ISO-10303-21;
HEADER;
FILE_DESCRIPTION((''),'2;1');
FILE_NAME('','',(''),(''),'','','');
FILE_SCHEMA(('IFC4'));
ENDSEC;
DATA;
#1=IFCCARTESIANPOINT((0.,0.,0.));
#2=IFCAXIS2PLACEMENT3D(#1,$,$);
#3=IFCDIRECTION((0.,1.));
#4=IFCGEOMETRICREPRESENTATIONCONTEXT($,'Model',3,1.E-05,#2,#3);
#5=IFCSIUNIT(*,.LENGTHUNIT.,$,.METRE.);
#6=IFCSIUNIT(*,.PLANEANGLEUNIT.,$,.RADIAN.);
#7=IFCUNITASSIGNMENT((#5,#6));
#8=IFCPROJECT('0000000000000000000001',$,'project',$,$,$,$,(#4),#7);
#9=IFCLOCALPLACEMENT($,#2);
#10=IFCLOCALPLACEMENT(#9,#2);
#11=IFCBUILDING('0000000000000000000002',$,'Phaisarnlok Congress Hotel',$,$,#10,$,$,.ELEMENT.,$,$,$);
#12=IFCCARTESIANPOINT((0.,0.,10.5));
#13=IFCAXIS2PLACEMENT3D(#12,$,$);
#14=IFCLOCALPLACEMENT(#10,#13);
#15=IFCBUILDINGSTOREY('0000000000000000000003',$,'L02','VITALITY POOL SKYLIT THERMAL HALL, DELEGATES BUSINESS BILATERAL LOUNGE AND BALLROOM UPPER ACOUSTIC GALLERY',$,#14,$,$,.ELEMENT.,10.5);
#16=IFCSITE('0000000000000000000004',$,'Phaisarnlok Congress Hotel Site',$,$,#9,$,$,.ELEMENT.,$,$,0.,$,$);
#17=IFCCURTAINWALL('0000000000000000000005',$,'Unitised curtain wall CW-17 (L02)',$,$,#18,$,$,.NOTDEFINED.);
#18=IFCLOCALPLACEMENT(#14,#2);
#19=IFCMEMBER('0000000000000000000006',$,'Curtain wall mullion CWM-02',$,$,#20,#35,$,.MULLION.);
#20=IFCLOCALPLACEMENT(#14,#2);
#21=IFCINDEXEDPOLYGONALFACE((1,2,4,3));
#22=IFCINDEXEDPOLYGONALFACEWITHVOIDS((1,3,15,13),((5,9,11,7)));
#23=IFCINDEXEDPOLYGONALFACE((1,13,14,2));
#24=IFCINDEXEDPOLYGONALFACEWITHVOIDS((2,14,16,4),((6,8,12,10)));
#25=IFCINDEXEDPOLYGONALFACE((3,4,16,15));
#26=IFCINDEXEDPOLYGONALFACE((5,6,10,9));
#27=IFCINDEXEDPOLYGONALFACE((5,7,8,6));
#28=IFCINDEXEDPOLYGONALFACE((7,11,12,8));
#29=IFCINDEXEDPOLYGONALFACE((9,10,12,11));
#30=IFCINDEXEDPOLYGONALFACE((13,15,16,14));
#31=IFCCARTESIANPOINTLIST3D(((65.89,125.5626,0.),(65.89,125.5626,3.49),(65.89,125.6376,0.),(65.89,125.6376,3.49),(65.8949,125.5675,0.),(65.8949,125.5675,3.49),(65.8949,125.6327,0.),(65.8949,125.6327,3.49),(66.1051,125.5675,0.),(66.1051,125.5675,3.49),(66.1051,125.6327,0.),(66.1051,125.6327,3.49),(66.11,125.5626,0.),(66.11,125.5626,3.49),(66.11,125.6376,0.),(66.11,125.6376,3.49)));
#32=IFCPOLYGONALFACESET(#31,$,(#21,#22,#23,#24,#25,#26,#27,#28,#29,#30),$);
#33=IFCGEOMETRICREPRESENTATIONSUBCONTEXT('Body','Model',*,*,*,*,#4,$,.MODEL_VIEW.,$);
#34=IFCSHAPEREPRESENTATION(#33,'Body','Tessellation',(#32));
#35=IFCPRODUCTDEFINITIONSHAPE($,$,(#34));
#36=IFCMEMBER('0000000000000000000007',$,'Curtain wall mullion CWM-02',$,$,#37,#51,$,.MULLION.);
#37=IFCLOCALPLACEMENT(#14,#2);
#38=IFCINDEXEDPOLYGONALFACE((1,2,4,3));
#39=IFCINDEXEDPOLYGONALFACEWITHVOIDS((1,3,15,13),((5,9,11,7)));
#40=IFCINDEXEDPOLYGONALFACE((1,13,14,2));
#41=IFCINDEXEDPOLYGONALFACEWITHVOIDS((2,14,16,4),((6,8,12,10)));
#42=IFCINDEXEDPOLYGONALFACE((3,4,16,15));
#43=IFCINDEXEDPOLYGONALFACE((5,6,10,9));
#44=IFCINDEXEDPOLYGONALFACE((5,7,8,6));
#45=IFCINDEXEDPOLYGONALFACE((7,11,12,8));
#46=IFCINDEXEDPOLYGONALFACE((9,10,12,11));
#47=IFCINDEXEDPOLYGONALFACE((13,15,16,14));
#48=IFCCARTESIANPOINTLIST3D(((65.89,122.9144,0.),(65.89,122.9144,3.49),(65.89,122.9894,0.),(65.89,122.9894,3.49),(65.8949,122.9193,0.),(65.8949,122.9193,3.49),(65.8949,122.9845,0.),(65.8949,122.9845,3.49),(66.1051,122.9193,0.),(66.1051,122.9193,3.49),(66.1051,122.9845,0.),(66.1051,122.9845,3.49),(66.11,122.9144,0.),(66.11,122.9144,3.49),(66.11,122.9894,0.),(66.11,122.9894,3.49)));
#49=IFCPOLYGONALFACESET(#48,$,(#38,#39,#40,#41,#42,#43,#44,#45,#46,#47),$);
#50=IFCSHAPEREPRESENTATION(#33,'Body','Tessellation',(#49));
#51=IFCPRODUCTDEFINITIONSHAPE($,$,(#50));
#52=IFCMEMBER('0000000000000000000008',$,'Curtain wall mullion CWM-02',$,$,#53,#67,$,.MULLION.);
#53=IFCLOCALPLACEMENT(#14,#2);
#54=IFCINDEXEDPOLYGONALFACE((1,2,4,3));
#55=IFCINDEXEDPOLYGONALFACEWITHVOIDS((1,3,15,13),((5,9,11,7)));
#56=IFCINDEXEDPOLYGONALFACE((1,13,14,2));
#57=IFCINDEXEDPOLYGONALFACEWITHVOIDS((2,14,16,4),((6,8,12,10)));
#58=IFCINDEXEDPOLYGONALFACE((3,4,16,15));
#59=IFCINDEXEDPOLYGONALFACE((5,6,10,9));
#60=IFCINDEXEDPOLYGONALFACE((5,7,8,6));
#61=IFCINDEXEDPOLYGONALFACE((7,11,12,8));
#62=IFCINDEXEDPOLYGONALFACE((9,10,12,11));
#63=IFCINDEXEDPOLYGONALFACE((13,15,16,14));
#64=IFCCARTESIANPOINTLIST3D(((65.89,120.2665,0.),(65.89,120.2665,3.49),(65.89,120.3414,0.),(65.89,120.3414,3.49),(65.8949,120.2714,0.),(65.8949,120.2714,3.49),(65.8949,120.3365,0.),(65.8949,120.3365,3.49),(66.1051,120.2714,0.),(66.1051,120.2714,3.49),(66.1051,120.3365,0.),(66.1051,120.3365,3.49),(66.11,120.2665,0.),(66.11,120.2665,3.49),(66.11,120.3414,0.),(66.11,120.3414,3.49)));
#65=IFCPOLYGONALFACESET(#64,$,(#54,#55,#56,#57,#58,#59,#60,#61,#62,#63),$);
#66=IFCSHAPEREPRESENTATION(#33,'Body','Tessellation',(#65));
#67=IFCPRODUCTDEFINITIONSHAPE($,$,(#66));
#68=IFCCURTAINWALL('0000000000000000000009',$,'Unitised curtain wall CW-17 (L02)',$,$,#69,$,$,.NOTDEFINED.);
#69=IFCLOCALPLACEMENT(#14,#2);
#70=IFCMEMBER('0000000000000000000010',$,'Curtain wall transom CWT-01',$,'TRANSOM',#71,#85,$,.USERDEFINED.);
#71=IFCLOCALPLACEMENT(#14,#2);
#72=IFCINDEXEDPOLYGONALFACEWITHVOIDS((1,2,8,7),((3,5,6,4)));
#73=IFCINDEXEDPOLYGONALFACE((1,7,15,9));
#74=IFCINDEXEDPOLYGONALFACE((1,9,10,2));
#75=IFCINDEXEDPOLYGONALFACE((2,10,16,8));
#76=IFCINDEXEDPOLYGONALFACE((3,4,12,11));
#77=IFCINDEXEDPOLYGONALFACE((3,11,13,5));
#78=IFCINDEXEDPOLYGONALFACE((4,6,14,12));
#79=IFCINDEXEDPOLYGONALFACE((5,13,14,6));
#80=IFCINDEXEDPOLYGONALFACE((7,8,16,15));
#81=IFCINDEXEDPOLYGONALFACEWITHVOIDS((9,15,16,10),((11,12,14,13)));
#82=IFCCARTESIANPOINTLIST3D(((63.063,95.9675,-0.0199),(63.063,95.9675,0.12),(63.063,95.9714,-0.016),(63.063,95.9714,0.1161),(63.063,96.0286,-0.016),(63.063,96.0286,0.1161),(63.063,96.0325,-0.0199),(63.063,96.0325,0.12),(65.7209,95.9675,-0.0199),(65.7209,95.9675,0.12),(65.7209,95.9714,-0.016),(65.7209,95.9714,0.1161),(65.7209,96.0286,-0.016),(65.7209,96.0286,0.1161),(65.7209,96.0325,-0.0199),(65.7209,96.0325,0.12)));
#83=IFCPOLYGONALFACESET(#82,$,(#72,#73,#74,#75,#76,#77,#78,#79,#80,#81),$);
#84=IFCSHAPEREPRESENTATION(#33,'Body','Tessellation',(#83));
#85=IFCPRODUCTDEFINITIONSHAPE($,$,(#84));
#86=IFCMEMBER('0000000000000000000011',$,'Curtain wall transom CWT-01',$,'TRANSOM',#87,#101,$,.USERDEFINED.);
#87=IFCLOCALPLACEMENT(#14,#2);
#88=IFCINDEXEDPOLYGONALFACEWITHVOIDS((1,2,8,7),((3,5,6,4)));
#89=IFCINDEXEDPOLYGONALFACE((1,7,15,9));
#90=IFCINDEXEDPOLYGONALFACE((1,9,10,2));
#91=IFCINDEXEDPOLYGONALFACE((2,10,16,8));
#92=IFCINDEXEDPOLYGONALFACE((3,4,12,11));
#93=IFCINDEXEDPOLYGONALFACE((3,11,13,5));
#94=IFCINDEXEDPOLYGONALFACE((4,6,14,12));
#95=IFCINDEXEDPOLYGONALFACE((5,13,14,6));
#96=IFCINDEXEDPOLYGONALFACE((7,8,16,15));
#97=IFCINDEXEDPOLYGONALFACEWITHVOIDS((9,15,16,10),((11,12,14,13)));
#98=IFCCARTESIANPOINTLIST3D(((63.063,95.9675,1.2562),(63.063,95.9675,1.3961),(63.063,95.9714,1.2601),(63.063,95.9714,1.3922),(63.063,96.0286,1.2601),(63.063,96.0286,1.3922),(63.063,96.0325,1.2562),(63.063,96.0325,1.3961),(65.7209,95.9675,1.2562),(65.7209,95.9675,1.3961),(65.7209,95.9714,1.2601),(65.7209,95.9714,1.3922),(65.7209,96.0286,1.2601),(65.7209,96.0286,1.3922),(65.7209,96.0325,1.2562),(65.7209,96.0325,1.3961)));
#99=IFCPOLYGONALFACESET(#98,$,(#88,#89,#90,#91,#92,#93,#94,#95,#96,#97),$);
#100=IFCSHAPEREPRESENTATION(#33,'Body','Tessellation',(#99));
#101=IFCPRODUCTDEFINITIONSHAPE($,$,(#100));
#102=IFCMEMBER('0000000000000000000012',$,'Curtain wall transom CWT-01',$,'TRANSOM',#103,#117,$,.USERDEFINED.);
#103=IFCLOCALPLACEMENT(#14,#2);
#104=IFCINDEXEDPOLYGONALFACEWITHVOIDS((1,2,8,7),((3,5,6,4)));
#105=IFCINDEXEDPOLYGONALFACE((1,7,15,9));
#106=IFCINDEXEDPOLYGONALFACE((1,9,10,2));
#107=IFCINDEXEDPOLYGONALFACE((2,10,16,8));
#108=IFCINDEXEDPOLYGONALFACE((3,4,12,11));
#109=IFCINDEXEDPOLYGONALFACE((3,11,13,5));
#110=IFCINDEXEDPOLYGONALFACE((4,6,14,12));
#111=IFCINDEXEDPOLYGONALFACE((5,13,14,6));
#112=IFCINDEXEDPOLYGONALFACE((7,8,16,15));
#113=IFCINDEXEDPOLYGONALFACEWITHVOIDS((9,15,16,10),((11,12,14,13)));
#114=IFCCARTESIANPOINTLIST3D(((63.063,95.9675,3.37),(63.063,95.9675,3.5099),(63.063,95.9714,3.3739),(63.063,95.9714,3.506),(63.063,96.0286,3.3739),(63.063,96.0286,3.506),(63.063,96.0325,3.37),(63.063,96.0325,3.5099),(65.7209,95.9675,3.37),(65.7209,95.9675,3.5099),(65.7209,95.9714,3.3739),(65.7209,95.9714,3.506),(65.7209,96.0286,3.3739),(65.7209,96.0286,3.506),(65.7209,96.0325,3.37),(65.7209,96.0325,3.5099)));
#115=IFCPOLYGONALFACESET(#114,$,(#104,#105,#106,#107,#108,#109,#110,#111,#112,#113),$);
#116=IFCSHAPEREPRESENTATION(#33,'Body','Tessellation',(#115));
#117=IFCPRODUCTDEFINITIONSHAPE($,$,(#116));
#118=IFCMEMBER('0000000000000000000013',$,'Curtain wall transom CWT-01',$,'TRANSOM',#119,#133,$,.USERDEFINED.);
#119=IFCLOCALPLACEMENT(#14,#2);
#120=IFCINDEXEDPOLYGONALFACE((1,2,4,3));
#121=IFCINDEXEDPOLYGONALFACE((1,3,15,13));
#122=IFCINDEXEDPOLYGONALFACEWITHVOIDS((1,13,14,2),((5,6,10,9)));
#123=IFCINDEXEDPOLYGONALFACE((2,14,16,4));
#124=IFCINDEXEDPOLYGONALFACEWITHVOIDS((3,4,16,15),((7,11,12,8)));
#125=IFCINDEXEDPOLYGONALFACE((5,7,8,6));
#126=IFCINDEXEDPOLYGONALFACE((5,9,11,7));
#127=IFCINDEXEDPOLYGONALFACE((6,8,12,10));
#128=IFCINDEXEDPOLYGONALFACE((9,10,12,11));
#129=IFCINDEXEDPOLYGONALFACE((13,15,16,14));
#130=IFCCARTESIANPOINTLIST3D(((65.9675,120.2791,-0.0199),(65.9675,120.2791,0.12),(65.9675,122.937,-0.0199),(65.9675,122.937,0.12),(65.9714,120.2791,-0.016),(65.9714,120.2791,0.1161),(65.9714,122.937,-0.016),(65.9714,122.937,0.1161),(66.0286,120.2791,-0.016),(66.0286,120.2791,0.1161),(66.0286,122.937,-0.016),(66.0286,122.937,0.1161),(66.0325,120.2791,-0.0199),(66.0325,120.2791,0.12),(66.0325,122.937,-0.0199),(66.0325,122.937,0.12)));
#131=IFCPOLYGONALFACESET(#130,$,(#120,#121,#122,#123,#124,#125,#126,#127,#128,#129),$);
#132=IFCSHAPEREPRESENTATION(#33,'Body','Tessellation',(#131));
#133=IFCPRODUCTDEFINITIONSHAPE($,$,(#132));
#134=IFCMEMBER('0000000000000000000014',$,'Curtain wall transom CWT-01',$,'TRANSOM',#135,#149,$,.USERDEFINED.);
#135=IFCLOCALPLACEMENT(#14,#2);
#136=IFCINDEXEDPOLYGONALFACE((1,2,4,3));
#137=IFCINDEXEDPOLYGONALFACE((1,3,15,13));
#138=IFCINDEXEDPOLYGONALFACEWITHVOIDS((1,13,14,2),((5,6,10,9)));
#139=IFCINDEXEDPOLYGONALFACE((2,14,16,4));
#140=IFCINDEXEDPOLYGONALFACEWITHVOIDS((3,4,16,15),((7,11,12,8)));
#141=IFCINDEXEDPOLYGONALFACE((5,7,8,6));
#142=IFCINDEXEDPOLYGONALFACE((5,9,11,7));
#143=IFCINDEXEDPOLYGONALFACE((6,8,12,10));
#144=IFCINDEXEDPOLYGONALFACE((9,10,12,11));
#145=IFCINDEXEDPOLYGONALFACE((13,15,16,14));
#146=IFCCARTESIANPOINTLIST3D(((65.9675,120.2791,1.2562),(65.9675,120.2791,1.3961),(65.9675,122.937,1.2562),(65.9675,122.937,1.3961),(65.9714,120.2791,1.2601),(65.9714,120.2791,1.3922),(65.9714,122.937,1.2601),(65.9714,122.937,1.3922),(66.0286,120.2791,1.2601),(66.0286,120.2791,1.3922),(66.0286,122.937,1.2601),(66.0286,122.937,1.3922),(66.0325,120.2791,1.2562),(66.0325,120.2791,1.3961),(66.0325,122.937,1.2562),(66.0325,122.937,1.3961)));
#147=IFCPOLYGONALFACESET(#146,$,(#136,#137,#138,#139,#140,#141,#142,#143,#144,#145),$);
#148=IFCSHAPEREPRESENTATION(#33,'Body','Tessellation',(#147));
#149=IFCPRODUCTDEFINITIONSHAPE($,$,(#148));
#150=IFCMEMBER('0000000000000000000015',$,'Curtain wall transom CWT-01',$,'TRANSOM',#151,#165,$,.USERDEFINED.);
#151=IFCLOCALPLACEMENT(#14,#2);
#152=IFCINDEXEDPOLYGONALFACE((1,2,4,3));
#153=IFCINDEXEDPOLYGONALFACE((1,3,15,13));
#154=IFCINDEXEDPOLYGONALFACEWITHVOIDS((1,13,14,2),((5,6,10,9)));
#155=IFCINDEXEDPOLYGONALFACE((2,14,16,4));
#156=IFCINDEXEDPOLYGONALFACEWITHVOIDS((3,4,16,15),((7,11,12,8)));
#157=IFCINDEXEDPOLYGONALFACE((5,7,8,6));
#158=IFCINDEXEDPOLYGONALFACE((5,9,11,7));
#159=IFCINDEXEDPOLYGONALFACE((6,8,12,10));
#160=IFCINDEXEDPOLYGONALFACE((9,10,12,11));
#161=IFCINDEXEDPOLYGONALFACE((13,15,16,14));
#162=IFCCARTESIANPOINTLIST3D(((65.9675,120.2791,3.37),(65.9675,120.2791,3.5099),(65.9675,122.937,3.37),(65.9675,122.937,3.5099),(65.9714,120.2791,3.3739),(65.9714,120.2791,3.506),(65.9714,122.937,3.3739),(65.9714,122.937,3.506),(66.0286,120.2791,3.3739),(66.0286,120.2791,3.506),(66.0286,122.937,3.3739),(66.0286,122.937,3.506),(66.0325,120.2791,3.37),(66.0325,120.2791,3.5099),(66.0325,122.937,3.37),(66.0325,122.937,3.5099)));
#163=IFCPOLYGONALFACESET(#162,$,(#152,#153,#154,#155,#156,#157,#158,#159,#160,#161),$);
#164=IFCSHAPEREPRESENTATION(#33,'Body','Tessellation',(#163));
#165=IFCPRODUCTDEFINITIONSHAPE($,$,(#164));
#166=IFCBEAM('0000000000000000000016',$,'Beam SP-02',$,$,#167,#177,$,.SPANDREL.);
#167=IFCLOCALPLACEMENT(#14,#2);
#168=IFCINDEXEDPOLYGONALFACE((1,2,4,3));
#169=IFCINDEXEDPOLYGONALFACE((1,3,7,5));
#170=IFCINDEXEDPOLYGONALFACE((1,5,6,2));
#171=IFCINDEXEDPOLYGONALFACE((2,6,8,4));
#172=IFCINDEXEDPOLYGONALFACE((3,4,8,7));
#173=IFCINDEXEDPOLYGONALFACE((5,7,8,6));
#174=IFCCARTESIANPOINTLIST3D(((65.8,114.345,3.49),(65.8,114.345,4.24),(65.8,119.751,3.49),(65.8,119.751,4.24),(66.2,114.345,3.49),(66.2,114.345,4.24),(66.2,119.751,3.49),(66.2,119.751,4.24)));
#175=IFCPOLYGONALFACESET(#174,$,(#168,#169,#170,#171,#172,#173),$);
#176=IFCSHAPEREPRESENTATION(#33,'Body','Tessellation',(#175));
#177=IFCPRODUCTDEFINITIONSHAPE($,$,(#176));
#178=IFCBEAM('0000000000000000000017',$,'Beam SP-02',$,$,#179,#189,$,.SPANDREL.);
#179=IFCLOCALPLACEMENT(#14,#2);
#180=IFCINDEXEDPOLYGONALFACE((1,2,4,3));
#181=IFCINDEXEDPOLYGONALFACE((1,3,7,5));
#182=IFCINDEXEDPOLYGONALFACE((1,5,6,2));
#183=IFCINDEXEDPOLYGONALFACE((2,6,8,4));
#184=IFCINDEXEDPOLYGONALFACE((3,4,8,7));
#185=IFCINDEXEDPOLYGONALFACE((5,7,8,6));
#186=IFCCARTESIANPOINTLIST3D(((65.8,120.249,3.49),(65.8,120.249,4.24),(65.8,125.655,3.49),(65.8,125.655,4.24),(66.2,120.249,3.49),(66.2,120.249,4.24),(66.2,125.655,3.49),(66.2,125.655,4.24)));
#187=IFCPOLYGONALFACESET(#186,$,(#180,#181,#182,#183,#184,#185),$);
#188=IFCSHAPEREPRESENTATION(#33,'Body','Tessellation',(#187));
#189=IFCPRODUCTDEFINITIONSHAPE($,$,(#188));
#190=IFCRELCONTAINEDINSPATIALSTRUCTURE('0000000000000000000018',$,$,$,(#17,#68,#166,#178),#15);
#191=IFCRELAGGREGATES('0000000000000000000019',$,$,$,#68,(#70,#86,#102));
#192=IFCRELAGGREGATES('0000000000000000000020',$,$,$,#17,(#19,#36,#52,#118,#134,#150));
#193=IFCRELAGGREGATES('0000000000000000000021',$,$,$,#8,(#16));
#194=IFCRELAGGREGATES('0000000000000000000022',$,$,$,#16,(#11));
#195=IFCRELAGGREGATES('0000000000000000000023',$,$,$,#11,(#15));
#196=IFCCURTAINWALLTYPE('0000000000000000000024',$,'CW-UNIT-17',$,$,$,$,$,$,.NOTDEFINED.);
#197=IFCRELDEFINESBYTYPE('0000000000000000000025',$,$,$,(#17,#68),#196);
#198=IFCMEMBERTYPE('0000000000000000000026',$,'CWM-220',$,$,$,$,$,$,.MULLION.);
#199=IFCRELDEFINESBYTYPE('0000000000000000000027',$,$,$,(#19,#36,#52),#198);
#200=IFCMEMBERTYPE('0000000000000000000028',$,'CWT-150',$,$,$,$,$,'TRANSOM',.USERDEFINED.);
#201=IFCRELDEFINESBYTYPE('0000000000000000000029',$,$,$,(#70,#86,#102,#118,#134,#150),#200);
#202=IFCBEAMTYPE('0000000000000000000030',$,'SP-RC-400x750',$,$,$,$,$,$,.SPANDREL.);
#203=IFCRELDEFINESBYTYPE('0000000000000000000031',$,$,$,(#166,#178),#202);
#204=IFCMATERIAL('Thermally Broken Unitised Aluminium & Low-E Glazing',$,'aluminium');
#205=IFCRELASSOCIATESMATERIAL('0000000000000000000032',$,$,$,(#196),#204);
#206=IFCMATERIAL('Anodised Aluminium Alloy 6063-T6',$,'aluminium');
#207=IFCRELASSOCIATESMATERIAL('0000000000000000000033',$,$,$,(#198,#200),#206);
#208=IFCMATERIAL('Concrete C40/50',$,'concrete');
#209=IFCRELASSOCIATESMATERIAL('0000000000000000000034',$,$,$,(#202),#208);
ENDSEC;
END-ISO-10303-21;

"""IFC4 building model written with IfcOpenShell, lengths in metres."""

from ifc_helpers import new_model, si_unit, direction, frame, origin, origin_2d, place, context, subcontext, project, spatial, rectangle, hollow_rectangle, extrude, material, material_profile, profile_set, type_object, element, aggregate, save


model = new_model("IFC4")

# Units and contexts
model_context = context("Model", 3, precision=1e-05, world=origin(), true_north=direction((0.0, 1.0)))
body_context = subcontext(model_context, "Body", "Model", "MODEL_VIEW")
ifc_project = project(units=[si_unit("LENGTHUNIT", "METRE"), si_unit("PLANEANGLEUNIT", "RADIAN")], contexts=[model_context])

# Site, building, storey
site_placement = place(None, origin())
site = spatial("IfcSite", under=ifc_project, at=site_placement, Name="Phaisarnlok Congress Hotel Site", CompositionType="ELEMENT", RefElevation=0.0)
building_placement = place(site_placement, origin())
building = spatial("IfcBuilding", under=site, at=building_placement, Name="Phaisarnlok Congress Hotel", CompositionType="ELEMENT")
storey_placement = place(building_placement, frame((0.0, 0.0, 10.5)))
storey = spatial("IfcBuildingStorey", under=building, at=storey_placement, Name="L02", Description="VITALITY POOL SKYLIT THERMAL HALL, DELEGATES BUSINESS BILATERAL LOUNGE AND BALLROOM UPPER ACOUSTIC GALLERY", CompositionType="ELEMENT", Elevation=10.5)

# Curtain walls, members
ifc_material_1 = material(Name="Thermally Broken Unitised Aluminium & Low-E Glazing", Category="aluminium")
curtain_wall_type = type_object("IfcCurtainWallType", Name="CW-UNIT-17", PredefinedType="NOTDEFINED", material=ifc_material_1)
curtain_wall_1_placement = place(storey_placement, origin())
curtain_wall_1 = element("IfcCurtainWall", 1, at=curtain_wall_1_placement, inside=storey, type_object=curtain_wall_type, Name="Unitised curtain wall CW-17 (L02)", PredefinedType="NOTDEFINED")
ifc_material_2 = material(Name="Anodised Aluminium Alloy 6063-T6", Category="aluminium")
ifc_material_profile_1 = material_profile(ifc_material_2, hollow_rectangle(XDim=0.075, YDim=0.22, WallThickness=0.0049, at=origin_2d()), Name="ALU-M 75x220x5")
ifc_profile_set_1 = profile_set([ifc_material_profile_1], Name="Anodised Aluminium Alloy 6063-T6")
member_type_1 = type_object("IfcMemberType", Name="CWM-220", PredefinedType="MULLION", material=ifc_profile_set_1)
member_1_placement = place(storey_placement, frame((66.0, 125.6001, 0.0), z_axis=(0.0, 0.0, 1.0), x_axis=(0.0, -1.0, 0.0)))
member_1 = element("IfcMember", 2, at=member_1_placement, type_object=member_type_1, Name="Curtain wall mullion CWM-02", PredefinedType="MULLION", context=body_context, shape_type="SweptSolid", body=[
    extrude(hollow_rectangle(XDim=0.075, YDim=0.22, WallThickness=0.0049, at=origin_2d()), origin(), (0.0, 0.0, 1.0), 3.49),
])
member_2_placement = place(storey_placement, frame((66.0, 122.9519, 0.0), z_axis=(0.0, 0.0, 1.0), x_axis=(0.0, -1.0, 0.0)))
member_2 = element("IfcMember", 3, at=member_2_placement, type_object=member_type_1, Name="Curtain wall mullion CWM-02", PredefinedType="MULLION", context=body_context, shape_type="SweptSolid", body=[
    extrude(hollow_rectangle(XDim=0.075, YDim=0.22, WallThickness=0.0049, at=origin_2d()), origin(), (0.0, 0.0, 1.0), 3.49),
])
member_3_placement = place(storey_placement, frame((66.0, 120.304, 0.0), z_axis=(0.0, 0.0, 1.0), x_axis=(0.0, -1.0, 0.0)))
member_3 = element("IfcMember", 4, at=member_3_placement, type_object=member_type_1, Name="Curtain wall mullion CWM-02", PredefinedType="MULLION", context=body_context, shape_type="SweptSolid", body=[
    extrude(hollow_rectangle(XDim=0.075, YDim=0.22, WallThickness=0.0049, at=origin_2d()), origin(), (0.0, 0.0, 1.0), 3.49),
])
curtain_wall_2_placement = place(storey_placement, origin())
curtain_wall_2 = element("IfcCurtainWall", 5, at=curtain_wall_2_placement, inside=storey, type_object=curtain_wall_type, Name="Unitised curtain wall CW-17 (L02)", PredefinedType="NOTDEFINED")
ifc_material_profile_2 = material_profile(ifc_material_2, hollow_rectangle(XDim=0.0649, YDim=0.1399, WallThickness=0.0039, at=origin_2d()), Name="ALU-T 65x140x4")
ifc_profile_set_2 = profile_set([ifc_material_profile_2], Name="Anodised Aluminium Alloy 6063-T6")
member_type_2 = type_object("IfcMemberType", Name="CWT-150", ElementType="TRANSOM", PredefinedType="USERDEFINED", material=ifc_profile_set_2)
member_4_placement = place(storey_placement, frame((65.7209, 96.0, 0.05), z_axis=(-1.0, 0.0, 0.0), x_axis=(0.0, -1.0, 0.0)))
member_4 = element("IfcMember", 6, at=member_4_placement, type_object=member_type_2, Name="Curtain wall transom CWT-01", ObjectType="TRANSOM", PredefinedType="USERDEFINED", context=body_context, shape_type="SweptSolid", body=[
    extrude(hollow_rectangle(XDim=0.0649, YDim=0.1399, WallThickness=0.0039, at=origin_2d()), origin(), (0.0, 0.0, 1.0), 2.658),
])
member_5_placement = place(storey_placement, frame((65.7209, 96.0, 1.3262), z_axis=(-1.0, 0.0, 0.0), x_axis=(0.0, -1.0, 0.0)))
member_5 = element("IfcMember", 7, at=member_5_placement, type_object=member_type_2, Name="Curtain wall transom CWT-01", ObjectType="TRANSOM", PredefinedType="USERDEFINED", context=body_context, shape_type="SweptSolid", body=[
    extrude(hollow_rectangle(XDim=0.0649, YDim=0.1399, WallThickness=0.0039, at=origin_2d()), origin(), (0.0, 0.0, 1.0), 2.658),
])
member_6_placement = place(storey_placement, frame((65.7209, 96.0, 3.4399), z_axis=(-1.0, 0.0, 0.0), x_axis=(0.0, -1.0, 0.0)))
member_6 = element("IfcMember", 8, at=member_6_placement, type_object=member_type_2, Name="Curtain wall transom CWT-01", ObjectType="TRANSOM", PredefinedType="USERDEFINED", context=body_context, shape_type="SweptSolid", body=[
    extrude(hollow_rectangle(XDim=0.0649, YDim=0.1399, WallThickness=0.0039, at=origin_2d()), origin(), (0.0, 0.0, 1.0), 2.658),
])

# Members
member_7_placement = place(storey_placement, frame((66.0, 122.937, 0.05), z_axis=(0.0, -1.0, 0.0), x_axis=(1.0, 0.0, 0.0)))
member_7 = element("IfcMember", 9, at=member_7_placement, type_object=member_type_2, Name="Curtain wall transom CWT-01", ObjectType="TRANSOM", PredefinedType="USERDEFINED", context=body_context, shape_type="SweptSolid", body=[
    extrude(hollow_rectangle(XDim=0.0649, YDim=0.1399, WallThickness=0.0039, at=origin_2d()), origin(), (0.0, 0.0, 1.0), 2.658),
])
member_8_placement = place(storey_placement, frame((66.0, 122.937, 1.3262), z_axis=(0.0, -1.0, 0.0), x_axis=(1.0, 0.0, 0.0)))
member_8 = element("IfcMember", 10, at=member_8_placement, type_object=member_type_2, Name="Curtain wall transom CWT-01", ObjectType="TRANSOM", PredefinedType="USERDEFINED", context=body_context, shape_type="SweptSolid", body=[
    extrude(hollow_rectangle(XDim=0.0649, YDim=0.1399, WallThickness=0.0039, at=origin_2d()), origin(), (0.0, 0.0, 1.0), 2.658),
])
member_9_placement = place(storey_placement, frame((66.0, 122.937, 3.4399), z_axis=(0.0, -1.0, 0.0), x_axis=(1.0, 0.0, 0.0)))
member_9 = element("IfcMember", 11, at=member_9_placement, type_object=member_type_2, Name="Curtain wall transom CWT-01", ObjectType="TRANSOM", PredefinedType="USERDEFINED", context=body_context, shape_type="SweptSolid", body=[
    extrude(hollow_rectangle(XDim=0.0649, YDim=0.1399, WallThickness=0.0039, at=origin_2d()), origin(), (0.0, 0.0, 1.0), 2.658),
])

# Beams
ifc_material_3 = material(Name="Concrete C40/50", Category="concrete")
ifc_material_profile_3 = material_profile(ifc_material_3, rectangle(XDim=0.3999, YDim=0.75, at=origin_2d()), Name="RC 400x750")
ifc_profile_set_3 = profile_set([ifc_material_profile_3], Name="Concrete C40/50")
beam_type = type_object("IfcBeamType", Name="SP-RC-400x750", PredefinedType="SPANDREL", material=ifc_profile_set_3)
for number, where, z_axis, x_axis, name in (
    (12, (66.0, 114.345, 3.865), (0.0, 1.0, 0.0), (-1.0, 0.0, 0.0), "Beam SP-02"),
    (13, (66.0, 120.249, 3.865), (0.0, 1.0, 0.0), (-1.0, 0.0, 0.0), "Beam SP-02"),
):
    element("IfcBeam", number, at=place(storey_placement, frame(where, z_axis=z_axis, x_axis=x_axis)), inside=storey, type_object=beam_type, Name=name, PredefinedType="SPANDREL", context=body_context, shape_type="SweptSolid", body=[
        extrude(rectangle(XDim=0.3999, YDim=0.75, at=origin_2d()), origin(), (0.0, 0.0, 1.0), 5.406),
    ])

aggregate(curtain_wall_2, [member_4, member_5, member_6])
aggregate(curtain_wall_1, [member_1, member_2, member_3, member_7, member_8, member_9])

save(model, "model.ifc")
